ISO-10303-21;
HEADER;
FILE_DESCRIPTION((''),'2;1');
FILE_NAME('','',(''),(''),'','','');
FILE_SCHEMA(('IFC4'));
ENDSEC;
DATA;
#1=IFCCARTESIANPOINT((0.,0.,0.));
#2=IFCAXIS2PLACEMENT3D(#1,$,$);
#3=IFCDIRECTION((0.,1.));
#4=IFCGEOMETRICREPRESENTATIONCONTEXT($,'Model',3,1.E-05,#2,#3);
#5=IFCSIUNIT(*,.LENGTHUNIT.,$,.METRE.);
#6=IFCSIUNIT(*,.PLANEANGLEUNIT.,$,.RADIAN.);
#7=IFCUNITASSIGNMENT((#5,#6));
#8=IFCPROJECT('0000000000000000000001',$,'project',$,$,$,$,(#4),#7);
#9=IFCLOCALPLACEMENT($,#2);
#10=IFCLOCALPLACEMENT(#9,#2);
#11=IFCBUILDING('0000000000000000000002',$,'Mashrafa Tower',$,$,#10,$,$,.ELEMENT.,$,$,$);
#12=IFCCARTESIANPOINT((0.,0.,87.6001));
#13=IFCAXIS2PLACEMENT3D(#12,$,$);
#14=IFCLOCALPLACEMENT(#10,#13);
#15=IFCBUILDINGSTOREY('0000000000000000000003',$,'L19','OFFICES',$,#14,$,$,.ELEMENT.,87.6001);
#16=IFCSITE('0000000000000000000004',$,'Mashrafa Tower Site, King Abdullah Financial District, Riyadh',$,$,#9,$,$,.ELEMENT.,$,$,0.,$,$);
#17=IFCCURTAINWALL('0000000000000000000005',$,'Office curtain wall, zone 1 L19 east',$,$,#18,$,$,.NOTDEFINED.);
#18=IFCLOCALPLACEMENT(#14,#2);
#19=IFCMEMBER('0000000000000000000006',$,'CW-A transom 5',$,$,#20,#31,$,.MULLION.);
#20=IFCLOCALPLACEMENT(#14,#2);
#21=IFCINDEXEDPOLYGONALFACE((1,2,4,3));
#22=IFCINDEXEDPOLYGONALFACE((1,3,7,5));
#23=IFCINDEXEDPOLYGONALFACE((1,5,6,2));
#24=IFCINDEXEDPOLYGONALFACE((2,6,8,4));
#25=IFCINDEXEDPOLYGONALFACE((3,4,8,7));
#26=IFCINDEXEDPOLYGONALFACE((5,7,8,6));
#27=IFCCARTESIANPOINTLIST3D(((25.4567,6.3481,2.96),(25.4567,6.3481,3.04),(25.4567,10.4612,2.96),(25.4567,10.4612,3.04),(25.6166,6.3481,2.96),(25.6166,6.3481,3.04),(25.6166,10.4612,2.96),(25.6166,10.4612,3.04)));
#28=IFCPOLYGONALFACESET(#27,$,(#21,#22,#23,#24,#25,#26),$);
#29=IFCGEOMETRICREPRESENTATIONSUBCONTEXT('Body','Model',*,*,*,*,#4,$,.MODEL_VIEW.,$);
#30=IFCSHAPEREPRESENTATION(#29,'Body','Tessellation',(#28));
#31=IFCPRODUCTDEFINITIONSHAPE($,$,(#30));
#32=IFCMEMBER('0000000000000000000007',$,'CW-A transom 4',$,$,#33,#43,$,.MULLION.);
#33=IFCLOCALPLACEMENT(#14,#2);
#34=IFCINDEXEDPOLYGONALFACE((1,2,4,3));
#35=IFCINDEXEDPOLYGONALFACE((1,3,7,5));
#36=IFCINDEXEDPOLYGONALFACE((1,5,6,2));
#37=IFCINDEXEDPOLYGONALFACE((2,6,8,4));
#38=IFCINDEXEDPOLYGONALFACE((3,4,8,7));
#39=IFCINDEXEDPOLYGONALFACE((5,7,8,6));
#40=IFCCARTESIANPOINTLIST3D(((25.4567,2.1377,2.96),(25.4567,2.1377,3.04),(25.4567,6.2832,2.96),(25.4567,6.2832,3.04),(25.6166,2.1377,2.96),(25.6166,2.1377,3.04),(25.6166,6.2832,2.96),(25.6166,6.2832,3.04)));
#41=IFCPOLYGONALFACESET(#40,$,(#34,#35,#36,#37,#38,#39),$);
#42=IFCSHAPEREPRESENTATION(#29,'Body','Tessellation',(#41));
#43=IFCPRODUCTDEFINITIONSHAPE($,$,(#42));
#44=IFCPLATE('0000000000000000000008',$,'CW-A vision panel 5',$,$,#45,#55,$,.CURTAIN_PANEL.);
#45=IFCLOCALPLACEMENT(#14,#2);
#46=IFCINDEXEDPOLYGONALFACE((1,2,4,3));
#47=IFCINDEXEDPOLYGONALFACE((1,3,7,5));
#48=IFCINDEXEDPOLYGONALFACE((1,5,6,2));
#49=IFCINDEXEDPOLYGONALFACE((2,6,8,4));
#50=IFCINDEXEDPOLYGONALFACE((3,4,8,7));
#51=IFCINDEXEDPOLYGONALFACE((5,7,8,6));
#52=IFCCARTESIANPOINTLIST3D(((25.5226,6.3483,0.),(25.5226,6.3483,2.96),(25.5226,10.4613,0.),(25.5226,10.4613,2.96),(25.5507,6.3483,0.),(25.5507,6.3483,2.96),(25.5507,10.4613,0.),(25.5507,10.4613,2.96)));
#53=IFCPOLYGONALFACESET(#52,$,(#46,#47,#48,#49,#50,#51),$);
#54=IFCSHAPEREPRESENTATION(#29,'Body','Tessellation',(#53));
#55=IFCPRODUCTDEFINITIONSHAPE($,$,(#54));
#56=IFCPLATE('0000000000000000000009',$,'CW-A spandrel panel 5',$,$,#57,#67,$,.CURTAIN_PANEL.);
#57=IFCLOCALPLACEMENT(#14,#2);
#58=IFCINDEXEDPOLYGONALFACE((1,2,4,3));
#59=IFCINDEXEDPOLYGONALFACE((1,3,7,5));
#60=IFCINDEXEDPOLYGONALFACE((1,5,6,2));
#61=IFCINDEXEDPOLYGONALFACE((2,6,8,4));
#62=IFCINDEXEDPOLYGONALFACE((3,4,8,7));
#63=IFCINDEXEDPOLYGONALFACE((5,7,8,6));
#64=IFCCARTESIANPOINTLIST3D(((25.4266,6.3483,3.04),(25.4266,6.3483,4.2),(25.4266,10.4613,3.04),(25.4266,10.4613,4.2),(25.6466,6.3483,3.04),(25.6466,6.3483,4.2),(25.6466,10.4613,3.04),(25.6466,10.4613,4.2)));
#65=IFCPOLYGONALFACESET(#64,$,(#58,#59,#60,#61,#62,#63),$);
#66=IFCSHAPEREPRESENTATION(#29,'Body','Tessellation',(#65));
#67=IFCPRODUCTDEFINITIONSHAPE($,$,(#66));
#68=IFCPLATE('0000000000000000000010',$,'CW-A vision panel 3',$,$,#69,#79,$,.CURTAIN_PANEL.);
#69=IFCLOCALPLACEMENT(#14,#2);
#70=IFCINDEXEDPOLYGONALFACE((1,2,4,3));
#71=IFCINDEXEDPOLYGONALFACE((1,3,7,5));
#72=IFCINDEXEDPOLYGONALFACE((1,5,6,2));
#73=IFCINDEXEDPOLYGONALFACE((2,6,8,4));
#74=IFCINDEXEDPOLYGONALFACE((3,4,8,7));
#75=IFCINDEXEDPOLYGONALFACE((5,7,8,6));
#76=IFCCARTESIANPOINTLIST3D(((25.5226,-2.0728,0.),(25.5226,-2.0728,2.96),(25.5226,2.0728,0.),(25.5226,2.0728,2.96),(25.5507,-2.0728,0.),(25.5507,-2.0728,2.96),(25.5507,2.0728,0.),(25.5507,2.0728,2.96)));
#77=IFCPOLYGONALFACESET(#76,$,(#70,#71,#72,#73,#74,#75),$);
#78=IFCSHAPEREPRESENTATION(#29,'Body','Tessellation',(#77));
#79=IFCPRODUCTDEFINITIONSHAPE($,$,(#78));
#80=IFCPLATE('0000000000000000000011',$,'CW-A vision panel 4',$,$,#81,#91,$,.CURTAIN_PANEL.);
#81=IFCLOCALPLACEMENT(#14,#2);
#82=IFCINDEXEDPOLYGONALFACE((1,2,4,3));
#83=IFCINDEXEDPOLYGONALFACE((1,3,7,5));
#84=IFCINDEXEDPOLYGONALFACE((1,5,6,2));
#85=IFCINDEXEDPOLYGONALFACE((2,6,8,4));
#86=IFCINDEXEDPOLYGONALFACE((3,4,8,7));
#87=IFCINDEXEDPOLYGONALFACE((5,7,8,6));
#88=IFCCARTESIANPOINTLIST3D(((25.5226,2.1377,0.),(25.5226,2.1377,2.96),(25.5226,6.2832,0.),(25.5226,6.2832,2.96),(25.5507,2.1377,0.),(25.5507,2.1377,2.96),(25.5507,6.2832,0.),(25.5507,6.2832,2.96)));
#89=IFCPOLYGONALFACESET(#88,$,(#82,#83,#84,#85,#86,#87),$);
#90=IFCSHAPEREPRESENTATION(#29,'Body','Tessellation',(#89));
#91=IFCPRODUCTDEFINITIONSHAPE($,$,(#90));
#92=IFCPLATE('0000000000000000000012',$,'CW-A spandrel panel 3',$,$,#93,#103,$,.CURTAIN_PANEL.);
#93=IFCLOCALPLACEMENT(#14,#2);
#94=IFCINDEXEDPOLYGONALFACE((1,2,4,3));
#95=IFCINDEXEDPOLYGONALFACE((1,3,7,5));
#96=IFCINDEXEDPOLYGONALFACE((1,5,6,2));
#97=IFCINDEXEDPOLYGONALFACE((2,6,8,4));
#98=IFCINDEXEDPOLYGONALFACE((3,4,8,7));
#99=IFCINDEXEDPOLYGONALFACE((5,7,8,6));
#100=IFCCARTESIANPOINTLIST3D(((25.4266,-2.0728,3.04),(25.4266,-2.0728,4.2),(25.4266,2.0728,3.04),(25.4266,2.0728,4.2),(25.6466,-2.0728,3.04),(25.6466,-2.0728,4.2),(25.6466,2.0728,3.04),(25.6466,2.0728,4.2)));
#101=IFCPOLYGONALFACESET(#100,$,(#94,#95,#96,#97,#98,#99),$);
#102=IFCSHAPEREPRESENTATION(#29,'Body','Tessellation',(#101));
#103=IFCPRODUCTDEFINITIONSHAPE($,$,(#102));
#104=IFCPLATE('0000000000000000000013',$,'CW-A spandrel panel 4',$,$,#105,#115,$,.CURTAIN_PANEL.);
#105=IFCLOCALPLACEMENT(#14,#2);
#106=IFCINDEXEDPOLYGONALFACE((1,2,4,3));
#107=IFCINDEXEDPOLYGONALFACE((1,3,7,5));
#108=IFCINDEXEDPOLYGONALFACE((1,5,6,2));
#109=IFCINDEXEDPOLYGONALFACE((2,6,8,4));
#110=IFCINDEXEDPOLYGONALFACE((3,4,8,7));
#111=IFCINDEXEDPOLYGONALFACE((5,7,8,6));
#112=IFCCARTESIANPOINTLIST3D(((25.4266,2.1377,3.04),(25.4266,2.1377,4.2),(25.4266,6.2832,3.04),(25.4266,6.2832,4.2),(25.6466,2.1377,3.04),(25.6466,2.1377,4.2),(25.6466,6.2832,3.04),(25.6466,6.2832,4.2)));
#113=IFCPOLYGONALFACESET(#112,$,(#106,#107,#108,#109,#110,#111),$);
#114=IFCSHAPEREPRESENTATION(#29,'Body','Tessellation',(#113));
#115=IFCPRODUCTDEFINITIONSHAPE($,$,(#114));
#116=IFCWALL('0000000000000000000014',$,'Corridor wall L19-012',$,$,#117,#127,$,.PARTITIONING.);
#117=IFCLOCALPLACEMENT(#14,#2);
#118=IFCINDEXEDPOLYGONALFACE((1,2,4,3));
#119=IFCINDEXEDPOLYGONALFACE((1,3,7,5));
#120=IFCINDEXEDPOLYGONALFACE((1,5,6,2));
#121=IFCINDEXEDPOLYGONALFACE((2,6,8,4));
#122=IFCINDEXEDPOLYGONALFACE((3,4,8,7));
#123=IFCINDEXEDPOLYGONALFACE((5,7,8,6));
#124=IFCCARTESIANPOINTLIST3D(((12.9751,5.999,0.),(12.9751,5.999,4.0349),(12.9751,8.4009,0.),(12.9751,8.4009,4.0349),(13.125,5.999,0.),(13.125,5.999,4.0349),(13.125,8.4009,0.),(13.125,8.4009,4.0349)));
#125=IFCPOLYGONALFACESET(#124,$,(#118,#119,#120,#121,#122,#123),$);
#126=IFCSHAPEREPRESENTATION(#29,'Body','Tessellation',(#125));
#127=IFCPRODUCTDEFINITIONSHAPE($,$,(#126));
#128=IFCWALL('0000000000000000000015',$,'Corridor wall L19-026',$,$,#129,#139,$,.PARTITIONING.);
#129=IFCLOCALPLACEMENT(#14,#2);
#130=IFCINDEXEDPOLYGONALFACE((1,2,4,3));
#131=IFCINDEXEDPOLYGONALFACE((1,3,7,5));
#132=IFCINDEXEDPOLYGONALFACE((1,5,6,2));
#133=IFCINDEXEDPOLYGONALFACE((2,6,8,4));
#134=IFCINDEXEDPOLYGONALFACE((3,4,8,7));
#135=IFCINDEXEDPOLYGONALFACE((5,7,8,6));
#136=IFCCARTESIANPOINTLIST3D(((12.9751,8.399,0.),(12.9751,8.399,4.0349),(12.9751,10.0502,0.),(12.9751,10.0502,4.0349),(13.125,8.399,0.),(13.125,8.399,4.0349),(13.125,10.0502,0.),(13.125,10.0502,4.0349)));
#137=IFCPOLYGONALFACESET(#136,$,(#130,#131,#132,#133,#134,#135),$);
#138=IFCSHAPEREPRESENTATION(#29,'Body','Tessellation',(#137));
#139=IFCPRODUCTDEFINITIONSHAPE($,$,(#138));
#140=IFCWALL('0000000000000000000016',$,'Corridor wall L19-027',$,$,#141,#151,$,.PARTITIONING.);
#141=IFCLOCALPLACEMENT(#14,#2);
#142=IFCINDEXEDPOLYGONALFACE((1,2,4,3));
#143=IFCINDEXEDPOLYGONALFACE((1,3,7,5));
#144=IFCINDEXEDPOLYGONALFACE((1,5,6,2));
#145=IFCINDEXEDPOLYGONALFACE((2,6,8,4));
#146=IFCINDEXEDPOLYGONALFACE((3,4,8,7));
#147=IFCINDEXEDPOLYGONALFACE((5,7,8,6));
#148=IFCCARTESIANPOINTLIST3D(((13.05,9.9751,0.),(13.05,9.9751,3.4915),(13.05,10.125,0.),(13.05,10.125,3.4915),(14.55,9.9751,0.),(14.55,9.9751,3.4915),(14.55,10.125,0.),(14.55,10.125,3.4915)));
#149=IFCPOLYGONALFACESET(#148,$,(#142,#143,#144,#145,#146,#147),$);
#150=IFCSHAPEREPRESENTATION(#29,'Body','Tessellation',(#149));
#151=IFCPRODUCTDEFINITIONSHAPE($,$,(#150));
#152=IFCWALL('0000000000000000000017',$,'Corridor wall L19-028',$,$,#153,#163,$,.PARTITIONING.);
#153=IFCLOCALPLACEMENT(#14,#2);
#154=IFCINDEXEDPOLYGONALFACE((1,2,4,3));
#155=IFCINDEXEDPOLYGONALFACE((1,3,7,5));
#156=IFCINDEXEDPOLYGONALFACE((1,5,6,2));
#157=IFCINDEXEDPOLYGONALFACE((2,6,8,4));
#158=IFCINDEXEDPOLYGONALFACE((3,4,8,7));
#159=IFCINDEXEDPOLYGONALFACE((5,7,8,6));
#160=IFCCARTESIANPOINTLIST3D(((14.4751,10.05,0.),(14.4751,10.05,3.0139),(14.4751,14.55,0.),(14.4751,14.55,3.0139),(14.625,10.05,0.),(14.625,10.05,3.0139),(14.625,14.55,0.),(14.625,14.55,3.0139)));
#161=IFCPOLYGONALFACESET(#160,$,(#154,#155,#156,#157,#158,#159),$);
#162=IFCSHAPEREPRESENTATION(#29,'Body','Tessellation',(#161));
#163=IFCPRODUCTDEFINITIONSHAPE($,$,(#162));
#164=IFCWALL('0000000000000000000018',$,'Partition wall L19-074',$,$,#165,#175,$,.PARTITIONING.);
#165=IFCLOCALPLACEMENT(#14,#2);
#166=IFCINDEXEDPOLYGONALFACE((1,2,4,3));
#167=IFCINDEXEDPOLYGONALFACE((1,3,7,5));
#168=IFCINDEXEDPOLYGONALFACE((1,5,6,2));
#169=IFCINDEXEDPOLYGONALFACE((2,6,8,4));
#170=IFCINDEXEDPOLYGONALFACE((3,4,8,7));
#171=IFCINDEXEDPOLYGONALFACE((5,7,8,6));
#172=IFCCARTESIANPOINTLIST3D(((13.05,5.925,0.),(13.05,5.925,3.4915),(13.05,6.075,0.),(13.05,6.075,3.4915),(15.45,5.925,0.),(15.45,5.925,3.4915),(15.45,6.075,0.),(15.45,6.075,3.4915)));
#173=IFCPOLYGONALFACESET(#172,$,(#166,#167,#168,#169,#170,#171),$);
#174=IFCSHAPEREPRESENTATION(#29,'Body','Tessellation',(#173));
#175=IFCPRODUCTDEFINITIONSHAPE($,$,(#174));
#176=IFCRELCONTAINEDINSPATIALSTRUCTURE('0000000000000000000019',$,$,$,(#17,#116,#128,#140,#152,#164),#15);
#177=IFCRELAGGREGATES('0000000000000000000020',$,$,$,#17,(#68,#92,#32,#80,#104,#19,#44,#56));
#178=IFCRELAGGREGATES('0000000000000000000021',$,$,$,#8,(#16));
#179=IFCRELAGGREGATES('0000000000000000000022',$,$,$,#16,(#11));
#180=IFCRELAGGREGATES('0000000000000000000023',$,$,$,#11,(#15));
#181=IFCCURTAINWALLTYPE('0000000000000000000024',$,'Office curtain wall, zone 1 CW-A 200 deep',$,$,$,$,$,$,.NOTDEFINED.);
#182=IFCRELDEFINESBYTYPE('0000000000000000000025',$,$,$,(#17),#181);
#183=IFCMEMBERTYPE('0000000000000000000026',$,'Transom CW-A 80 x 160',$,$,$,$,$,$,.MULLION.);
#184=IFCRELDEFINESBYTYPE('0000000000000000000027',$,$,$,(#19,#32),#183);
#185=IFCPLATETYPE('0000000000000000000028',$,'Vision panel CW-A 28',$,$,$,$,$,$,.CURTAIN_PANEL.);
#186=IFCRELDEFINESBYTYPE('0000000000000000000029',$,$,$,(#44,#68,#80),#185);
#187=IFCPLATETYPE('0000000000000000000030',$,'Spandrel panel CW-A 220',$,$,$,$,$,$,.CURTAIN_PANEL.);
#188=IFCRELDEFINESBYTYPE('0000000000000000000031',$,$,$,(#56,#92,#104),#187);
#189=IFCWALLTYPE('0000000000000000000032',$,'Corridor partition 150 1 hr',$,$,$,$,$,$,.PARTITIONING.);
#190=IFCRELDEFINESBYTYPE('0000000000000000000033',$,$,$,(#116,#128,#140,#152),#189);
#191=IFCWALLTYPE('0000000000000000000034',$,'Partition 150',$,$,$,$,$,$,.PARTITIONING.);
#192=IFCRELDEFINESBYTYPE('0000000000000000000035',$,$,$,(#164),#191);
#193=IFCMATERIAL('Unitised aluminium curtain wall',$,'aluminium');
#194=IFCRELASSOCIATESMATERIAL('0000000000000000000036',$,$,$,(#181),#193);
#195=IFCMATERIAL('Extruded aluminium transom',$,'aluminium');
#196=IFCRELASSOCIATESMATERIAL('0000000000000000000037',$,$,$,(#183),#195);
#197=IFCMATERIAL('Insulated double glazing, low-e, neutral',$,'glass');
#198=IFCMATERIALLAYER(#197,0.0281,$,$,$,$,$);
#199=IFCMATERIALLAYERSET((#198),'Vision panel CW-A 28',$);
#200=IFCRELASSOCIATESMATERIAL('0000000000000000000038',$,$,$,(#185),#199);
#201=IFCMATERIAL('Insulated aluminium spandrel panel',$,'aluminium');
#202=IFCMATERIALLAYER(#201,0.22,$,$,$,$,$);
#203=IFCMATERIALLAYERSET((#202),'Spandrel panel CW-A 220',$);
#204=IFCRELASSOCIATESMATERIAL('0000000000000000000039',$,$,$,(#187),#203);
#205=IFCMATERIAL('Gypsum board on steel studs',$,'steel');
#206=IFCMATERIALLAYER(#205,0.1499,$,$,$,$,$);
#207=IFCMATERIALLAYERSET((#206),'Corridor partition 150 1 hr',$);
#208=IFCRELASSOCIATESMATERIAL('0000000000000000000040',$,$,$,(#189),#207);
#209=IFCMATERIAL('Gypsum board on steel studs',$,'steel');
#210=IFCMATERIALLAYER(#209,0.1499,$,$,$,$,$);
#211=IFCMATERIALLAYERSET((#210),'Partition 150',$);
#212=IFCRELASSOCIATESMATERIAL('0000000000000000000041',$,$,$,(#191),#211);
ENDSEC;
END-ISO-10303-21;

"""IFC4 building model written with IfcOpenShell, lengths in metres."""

from ifc_helpers import new_model, si_unit, direction, frame, frame_2d, origin, origin_2d, place, context, subcontext, project, spatial, rectangle, extrude, source, transform, mapped, material, layer, layer_set, material_profile, profile_set, type_object, type_shapes, element, aggregate, save


model = new_model("IFC4")

# Units and contexts
model_context = context("Model", 3, precision=1e-05, world=origin(), true_north=direction((0.0, 1.0)))
body_context = subcontext(model_context, "Body", "Model", "MODEL_VIEW")
ifc_project = project(units=[si_unit("LENGTHUNIT", "METRE"), si_unit("PLANEANGLEUNIT", "RADIAN")], contexts=[model_context])

# Site, building, storey
site_placement = place(None, origin())
site = spatial("IfcSite", under=ifc_project, at=site_placement, Name="Mashrafa Tower Site, King Abdullah Financial District, Riyadh", CompositionType="ELEMENT", RefElevation=0.0)
building_placement = place(site_placement, origin())
building = spatial("IfcBuilding", under=site, at=building_placement, Name="Mashrafa Tower", CompositionType="ELEMENT")
storey_placement = place(building_placement, frame((0.0, 0.0, 87.6001)))
storey = spatial("IfcBuildingStorey", under=building, at=storey_placement, Name="L19", Description="OFFICES", CompositionType="ELEMENT", Elevation=87.6001)

# Curtain wall, members, plates
ifc_material_1 = material(Name="Unitised aluminium curtain wall", Category="aluminium")
curtain_wall_type = type_object("IfcCurtainWallType", Name="Office curtain wall, zone 1 CW-A 200 deep", PredefinedType="NOTDEFINED", material=ifc_material_1)
curtain_wall_placement = place(storey_placement, origin())
curtain_wall = element("IfcCurtainWall", 1, at=curtain_wall_placement, inside=storey, type_object=curtain_wall_type, Name="Office curtain wall, zone 1 L19 east", PredefinedType="NOTDEFINED")
ifc_material_2 = material(Name="Extruded aluminium transom", Category="aluminium")
ifc_material_profile_1 = material_profile(ifc_material_2, rectangle(XDim=0.1599, YDim=0.0801, at=origin_2d()), Name="Transom 80x160")
ifc_profile_set_1 = profile_set([ifc_material_profile_1], Name="Extruded aluminium transom")
member_type_1 = type_object("IfcMemberType", Name="Transom CW-A 80 x 160", PredefinedType="MULLION", material=ifc_profile_set_1)
shared_shape_1 = source(origin(), body_context, "Body", "SweptSolid", [
    extrude(rectangle(XDim=0.1599, YDim=0.0801, at=origin_2d()), origin(), (0.0, 0.0, 1.0), 4.113),
])
member_1_placement = place(storey_placement, frame((25.5366, 6.3481, 3.0), z_axis=(0.0, 1.0, 0.0), x_axis=(-1.0, 0.0, 0.0)))
member_1 = element("IfcMember", 2, at=member_1_placement, type_object=member_type_1, Name="CW-A transom 5", PredefinedType="MULLION", context=body_context, shape_type="MappedRepresentation", body=[
    mapped(shared_shape_1, transform((0.0, 0.0, 0.0))),
])
shared_shape_2 = source(origin(), body_context, "Body", "SweptSolid", [
    extrude(rectangle(XDim=0.1599, YDim=0.0801, at=origin_2d()), origin(), (0.0, 0.0, 1.0), 4.1455),
])
type_shapes(member_type_1, [shared_shape_1, shared_shape_2])
member_2_placement = place(storey_placement, frame((25.5366, 2.1377, 3.0), z_axis=(0.0, 1.0, 0.0), x_axis=(-1.0, 0.0, 0.0)))
member_2 = element("IfcMember", 3, at=member_2_placement, type_object=member_type_1, Name="CW-A transom 4", PredefinedType="MULLION", context=body_context, shape_type="MappedRepresentation", body=[
    mapped(shared_shape_2, transform((0.0, 0.0, 0.0))),
])
ifc_material_3 = material(Name="Insulated double glazing, low-e, neutral", Category="glass")
ifc_layer_1 = layer(ifc_material_3, 0.0281)
ifc_layer_set_1 = layer_set([ifc_layer_1], Name="Vision panel CW-A 28")
plate_type_1 = type_object("IfcPlateType", Name="Vision panel CW-A 28", PredefinedType="CURTAIN_PANEL", material=ifc_layer_set_1)
shared_shape_3 = source(origin(), body_context, "Body", "SweptSolid", [
    extrude(rectangle(XDim=4.113, YDim=0.0281, at=origin_2d()), origin(), (0.0, 0.0, 1.0), 2.96),
])
plate_1_placement = place(storey_placement, frame((25.5366, 8.4048, 0.0), z_axis=(0.0, 0.0, 1.0), x_axis=(0.0, 1.0, 0.0)))
plate_1 = element("IfcPlate", 4, at=plate_1_placement, type_object=plate_type_1, Name="CW-A vision panel 5", PredefinedType="CURTAIN_PANEL", context=body_context, shape_type="MappedRepresentation", body=[
    mapped(shared_shape_3, transform((0.0, 0.0, 0.0))),
])
ifc_material_4 = material(Name="Insulated aluminium spandrel panel", Category="aluminium")
ifc_layer_2 = layer(ifc_material_4, 0.22)
ifc_layer_set_2 = layer_set([ifc_layer_2], Name="Spandrel panel CW-A 220")
plate_type_2 = type_object("IfcPlateType", Name="Spandrel panel CW-A 220", PredefinedType="CURTAIN_PANEL", material=ifc_layer_set_2)
shared_shape_4 = source(origin(), body_context, "Body", "SweptSolid", [
    extrude(rectangle(XDim=4.113, YDim=0.22, at=origin_2d()), origin(), (0.0, 0.0, 1.0), 1.1599),
])
plate_2_placement = place(storey_placement, frame((25.5366, 8.4048, 3.04), z_axis=(0.0, 0.0, 1.0), x_axis=(0.0, 1.0, 0.0)))
plate_2 = element("IfcPlate", 5, at=plate_2_placement, type_object=plate_type_2, Name="CW-A spandrel panel 5", PredefinedType="CURTAIN_PANEL", context=body_context, shape_type="MappedRepresentation", body=[
    mapped(shared_shape_4, transform((0.0, 0.0, 0.0))),
])
shared_shape_5 = source(origin(), body_context, "Body", "SweptSolid", [
    extrude(rectangle(XDim=4.1455, YDim=0.0281, at=origin_2d()), origin(), (0.0, 0.0, 1.0), 2.96),
])
type_shapes(plate_type_1, [shared_shape_3, shared_shape_5])
plate_3_placement = place(storey_placement, frame((25.5366, 0.0, 0.0), z_axis=(0.0, 0.0, 1.0), x_axis=(0.0, 1.0, 0.0)))
plate_3 = element("IfcPlate", 6, at=plate_3_placement, type_object=plate_type_1, Name="CW-A vision panel 3", PredefinedType="CURTAIN_PANEL", context=body_context, shape_type="MappedRepresentation", body=[
    mapped(shared_shape_5, transform((0.0, 0.0, 0.0))),
])
plate_4_placement = place(storey_placement, frame((25.5366, 4.2104, 0.0), z_axis=(0.0, 0.0, 1.0), x_axis=(0.0, 1.0, 0.0)))
plate_4 = element("IfcPlate", 7, at=plate_4_placement, type_object=plate_type_1, Name="CW-A vision panel 4", PredefinedType="CURTAIN_PANEL", context=body_context, shape_type="MappedRepresentation", body=[
    mapped(shared_shape_5, transform((0.0, 0.0, 0.0))),
])
shared_shape_6 = source(origin(), body_context, "Body", "SweptSolid", [
    extrude(rectangle(XDim=4.1455, YDim=0.22, at=origin_2d()), origin(), (0.0, 0.0, 1.0), 1.1599),
])
type_shapes(plate_type_2, [shared_shape_4, shared_shape_6])
plate_5_placement = place(storey_placement, frame((25.5366, 0.0, 3.04), z_axis=(0.0, 0.0, 1.0), x_axis=(0.0, 1.0, 0.0)))
plate_5 = element("IfcPlate", 8, at=plate_5_placement, type_object=plate_type_2, Name="CW-A spandrel panel 3", PredefinedType="CURTAIN_PANEL", context=body_context, shape_type="MappedRepresentation", body=[
    mapped(shared_shape_6, transform((0.0, 0.0, 0.0))),
])
plate_6_placement = place(storey_placement, frame((25.5366, 4.2104, 3.04), z_axis=(0.0, 0.0, 1.0), x_axis=(0.0, 1.0, 0.0)))
plate_6 = element("IfcPlate", 9, at=plate_6_placement, type_object=plate_type_2, Name="CW-A spandrel panel 4", PredefinedType="CURTAIN_PANEL", context=body_context, shape_type="MappedRepresentation", body=[
    mapped(shared_shape_6, transform((0.0, 0.0, 0.0))),
])
aggregate(curtain_wall, [plate_3, plate_5, member_2, plate_4, plate_6, member_1, plate_1, plate_2])

# Walls
ifc_material_5 = material(Name="Gypsum board on steel studs", Category="steel")
ifc_layer_3 = layer(ifc_material_5, 0.1499)
ifc_layer_set_3 = layer_set([ifc_layer_3], Name="Corridor partition 150 1 hr")
wall_type_1 = type_object("IfcWallType", Name="Corridor partition 150 1 hr", PredefinedType="PARTITIONING", material=ifc_layer_set_3)
wall_1_placement = place(storey_placement, frame((13.05, 5.999, 0.0), z_axis=(0.0, 0.0, 1.0), x_axis=(0.0, 1.0, 0.0)))
element("IfcWall", 10, at=wall_1_placement, inside=storey, type_object=wall_type_1, Name="Corridor wall L19-012", PredefinedType="PARTITIONING", context=body_context, shape_type="SweptSolid", body=[
    extrude(rectangle(XDim=2.4019, YDim=0.1499, at=frame_2d((1.2009, 0.0))), origin(), (0.0, 0.0, 1.0), 4.0349),
])
wall_2_placement = place(storey_placement, frame((13.05, 8.3989, 0.0), z_axis=(0.0, 0.0, 1.0), x_axis=(0.0, 1.0, 0.0)))
element("IfcWall", 11, at=wall_2_placement, inside=storey, type_object=wall_type_1, Name="Corridor wall L19-026", PredefinedType="PARTITIONING", context=body_context, shape_type="SweptSolid", body=[
    extrude(rectangle(XDim=1.6511, YDim=0.1499, at=frame_2d((0.8257, 0.0))), origin(), (0.0, 0.0, 1.0), 4.0349),
])
wall_3_placement = place(storey_placement, frame((13.05, 10.05, 0.0), z_axis=(0.0, 0.0, 1.0), x_axis=(1.0, 0.0, 0.0)))
element("IfcWall", 12, at=wall_3_placement, inside=storey, type_object=wall_type_1, Name="Corridor wall L19-027", PredefinedType="PARTITIONING", context=body_context, shape_type="SweptSolid", body=[
    extrude(rectangle(XDim=1.5, YDim=0.1499, at=frame_2d((0.75, 0.0))), origin(), (0.0, 0.0, 1.0), 3.4915),
])
wall_4_placement = place(storey_placement, frame((14.55, 10.05, 0.0), z_axis=(0.0, 0.0, 1.0), x_axis=(0.0, 1.0, 0.0)))
element("IfcWall", 13, at=wall_4_placement, inside=storey, type_object=wall_type_1, Name="Corridor wall L19-028", PredefinedType="PARTITIONING", context=body_context, shape_type="SweptSolid", body=[
    extrude(rectangle(XDim=4.5, YDim=0.1499, at=frame_2d((2.25, 0.0))), origin(), (0.0, 0.0, 1.0), 3.0139),
])
ifc_material_6 = material(Name="Gypsum board on steel studs", Category="steel")
ifc_layer_4 = layer(ifc_material_6, 0.1499)
ifc_layer_set_4 = layer_set([ifc_layer_4], Name="Partition 150")
wall_type_2 = type_object("IfcWallType", Name="Partition 150", PredefinedType="PARTITIONING", material=ifc_layer_set_4)
wall_5_placement = place(storey_placement, frame((13.05, 6.0, 0.0), z_axis=(0.0, 0.0, 1.0), x_axis=(1.0, 0.0, 0.0)))
element("IfcWall", 14, at=wall_5_placement, inside=storey, type_object=wall_type_2, Name="Partition wall L19-074", PredefinedType="PARTITIONING", context=body_context, shape_type="SweptSolid", body=[
    extrude(rectangle(XDim=2.3999, YDim=0.1499, at=frame_2d((1.2, 0.0))), origin(), (0.0, 0.0, 1.0), 3.4915),
])

save(model, "model.ifc")
